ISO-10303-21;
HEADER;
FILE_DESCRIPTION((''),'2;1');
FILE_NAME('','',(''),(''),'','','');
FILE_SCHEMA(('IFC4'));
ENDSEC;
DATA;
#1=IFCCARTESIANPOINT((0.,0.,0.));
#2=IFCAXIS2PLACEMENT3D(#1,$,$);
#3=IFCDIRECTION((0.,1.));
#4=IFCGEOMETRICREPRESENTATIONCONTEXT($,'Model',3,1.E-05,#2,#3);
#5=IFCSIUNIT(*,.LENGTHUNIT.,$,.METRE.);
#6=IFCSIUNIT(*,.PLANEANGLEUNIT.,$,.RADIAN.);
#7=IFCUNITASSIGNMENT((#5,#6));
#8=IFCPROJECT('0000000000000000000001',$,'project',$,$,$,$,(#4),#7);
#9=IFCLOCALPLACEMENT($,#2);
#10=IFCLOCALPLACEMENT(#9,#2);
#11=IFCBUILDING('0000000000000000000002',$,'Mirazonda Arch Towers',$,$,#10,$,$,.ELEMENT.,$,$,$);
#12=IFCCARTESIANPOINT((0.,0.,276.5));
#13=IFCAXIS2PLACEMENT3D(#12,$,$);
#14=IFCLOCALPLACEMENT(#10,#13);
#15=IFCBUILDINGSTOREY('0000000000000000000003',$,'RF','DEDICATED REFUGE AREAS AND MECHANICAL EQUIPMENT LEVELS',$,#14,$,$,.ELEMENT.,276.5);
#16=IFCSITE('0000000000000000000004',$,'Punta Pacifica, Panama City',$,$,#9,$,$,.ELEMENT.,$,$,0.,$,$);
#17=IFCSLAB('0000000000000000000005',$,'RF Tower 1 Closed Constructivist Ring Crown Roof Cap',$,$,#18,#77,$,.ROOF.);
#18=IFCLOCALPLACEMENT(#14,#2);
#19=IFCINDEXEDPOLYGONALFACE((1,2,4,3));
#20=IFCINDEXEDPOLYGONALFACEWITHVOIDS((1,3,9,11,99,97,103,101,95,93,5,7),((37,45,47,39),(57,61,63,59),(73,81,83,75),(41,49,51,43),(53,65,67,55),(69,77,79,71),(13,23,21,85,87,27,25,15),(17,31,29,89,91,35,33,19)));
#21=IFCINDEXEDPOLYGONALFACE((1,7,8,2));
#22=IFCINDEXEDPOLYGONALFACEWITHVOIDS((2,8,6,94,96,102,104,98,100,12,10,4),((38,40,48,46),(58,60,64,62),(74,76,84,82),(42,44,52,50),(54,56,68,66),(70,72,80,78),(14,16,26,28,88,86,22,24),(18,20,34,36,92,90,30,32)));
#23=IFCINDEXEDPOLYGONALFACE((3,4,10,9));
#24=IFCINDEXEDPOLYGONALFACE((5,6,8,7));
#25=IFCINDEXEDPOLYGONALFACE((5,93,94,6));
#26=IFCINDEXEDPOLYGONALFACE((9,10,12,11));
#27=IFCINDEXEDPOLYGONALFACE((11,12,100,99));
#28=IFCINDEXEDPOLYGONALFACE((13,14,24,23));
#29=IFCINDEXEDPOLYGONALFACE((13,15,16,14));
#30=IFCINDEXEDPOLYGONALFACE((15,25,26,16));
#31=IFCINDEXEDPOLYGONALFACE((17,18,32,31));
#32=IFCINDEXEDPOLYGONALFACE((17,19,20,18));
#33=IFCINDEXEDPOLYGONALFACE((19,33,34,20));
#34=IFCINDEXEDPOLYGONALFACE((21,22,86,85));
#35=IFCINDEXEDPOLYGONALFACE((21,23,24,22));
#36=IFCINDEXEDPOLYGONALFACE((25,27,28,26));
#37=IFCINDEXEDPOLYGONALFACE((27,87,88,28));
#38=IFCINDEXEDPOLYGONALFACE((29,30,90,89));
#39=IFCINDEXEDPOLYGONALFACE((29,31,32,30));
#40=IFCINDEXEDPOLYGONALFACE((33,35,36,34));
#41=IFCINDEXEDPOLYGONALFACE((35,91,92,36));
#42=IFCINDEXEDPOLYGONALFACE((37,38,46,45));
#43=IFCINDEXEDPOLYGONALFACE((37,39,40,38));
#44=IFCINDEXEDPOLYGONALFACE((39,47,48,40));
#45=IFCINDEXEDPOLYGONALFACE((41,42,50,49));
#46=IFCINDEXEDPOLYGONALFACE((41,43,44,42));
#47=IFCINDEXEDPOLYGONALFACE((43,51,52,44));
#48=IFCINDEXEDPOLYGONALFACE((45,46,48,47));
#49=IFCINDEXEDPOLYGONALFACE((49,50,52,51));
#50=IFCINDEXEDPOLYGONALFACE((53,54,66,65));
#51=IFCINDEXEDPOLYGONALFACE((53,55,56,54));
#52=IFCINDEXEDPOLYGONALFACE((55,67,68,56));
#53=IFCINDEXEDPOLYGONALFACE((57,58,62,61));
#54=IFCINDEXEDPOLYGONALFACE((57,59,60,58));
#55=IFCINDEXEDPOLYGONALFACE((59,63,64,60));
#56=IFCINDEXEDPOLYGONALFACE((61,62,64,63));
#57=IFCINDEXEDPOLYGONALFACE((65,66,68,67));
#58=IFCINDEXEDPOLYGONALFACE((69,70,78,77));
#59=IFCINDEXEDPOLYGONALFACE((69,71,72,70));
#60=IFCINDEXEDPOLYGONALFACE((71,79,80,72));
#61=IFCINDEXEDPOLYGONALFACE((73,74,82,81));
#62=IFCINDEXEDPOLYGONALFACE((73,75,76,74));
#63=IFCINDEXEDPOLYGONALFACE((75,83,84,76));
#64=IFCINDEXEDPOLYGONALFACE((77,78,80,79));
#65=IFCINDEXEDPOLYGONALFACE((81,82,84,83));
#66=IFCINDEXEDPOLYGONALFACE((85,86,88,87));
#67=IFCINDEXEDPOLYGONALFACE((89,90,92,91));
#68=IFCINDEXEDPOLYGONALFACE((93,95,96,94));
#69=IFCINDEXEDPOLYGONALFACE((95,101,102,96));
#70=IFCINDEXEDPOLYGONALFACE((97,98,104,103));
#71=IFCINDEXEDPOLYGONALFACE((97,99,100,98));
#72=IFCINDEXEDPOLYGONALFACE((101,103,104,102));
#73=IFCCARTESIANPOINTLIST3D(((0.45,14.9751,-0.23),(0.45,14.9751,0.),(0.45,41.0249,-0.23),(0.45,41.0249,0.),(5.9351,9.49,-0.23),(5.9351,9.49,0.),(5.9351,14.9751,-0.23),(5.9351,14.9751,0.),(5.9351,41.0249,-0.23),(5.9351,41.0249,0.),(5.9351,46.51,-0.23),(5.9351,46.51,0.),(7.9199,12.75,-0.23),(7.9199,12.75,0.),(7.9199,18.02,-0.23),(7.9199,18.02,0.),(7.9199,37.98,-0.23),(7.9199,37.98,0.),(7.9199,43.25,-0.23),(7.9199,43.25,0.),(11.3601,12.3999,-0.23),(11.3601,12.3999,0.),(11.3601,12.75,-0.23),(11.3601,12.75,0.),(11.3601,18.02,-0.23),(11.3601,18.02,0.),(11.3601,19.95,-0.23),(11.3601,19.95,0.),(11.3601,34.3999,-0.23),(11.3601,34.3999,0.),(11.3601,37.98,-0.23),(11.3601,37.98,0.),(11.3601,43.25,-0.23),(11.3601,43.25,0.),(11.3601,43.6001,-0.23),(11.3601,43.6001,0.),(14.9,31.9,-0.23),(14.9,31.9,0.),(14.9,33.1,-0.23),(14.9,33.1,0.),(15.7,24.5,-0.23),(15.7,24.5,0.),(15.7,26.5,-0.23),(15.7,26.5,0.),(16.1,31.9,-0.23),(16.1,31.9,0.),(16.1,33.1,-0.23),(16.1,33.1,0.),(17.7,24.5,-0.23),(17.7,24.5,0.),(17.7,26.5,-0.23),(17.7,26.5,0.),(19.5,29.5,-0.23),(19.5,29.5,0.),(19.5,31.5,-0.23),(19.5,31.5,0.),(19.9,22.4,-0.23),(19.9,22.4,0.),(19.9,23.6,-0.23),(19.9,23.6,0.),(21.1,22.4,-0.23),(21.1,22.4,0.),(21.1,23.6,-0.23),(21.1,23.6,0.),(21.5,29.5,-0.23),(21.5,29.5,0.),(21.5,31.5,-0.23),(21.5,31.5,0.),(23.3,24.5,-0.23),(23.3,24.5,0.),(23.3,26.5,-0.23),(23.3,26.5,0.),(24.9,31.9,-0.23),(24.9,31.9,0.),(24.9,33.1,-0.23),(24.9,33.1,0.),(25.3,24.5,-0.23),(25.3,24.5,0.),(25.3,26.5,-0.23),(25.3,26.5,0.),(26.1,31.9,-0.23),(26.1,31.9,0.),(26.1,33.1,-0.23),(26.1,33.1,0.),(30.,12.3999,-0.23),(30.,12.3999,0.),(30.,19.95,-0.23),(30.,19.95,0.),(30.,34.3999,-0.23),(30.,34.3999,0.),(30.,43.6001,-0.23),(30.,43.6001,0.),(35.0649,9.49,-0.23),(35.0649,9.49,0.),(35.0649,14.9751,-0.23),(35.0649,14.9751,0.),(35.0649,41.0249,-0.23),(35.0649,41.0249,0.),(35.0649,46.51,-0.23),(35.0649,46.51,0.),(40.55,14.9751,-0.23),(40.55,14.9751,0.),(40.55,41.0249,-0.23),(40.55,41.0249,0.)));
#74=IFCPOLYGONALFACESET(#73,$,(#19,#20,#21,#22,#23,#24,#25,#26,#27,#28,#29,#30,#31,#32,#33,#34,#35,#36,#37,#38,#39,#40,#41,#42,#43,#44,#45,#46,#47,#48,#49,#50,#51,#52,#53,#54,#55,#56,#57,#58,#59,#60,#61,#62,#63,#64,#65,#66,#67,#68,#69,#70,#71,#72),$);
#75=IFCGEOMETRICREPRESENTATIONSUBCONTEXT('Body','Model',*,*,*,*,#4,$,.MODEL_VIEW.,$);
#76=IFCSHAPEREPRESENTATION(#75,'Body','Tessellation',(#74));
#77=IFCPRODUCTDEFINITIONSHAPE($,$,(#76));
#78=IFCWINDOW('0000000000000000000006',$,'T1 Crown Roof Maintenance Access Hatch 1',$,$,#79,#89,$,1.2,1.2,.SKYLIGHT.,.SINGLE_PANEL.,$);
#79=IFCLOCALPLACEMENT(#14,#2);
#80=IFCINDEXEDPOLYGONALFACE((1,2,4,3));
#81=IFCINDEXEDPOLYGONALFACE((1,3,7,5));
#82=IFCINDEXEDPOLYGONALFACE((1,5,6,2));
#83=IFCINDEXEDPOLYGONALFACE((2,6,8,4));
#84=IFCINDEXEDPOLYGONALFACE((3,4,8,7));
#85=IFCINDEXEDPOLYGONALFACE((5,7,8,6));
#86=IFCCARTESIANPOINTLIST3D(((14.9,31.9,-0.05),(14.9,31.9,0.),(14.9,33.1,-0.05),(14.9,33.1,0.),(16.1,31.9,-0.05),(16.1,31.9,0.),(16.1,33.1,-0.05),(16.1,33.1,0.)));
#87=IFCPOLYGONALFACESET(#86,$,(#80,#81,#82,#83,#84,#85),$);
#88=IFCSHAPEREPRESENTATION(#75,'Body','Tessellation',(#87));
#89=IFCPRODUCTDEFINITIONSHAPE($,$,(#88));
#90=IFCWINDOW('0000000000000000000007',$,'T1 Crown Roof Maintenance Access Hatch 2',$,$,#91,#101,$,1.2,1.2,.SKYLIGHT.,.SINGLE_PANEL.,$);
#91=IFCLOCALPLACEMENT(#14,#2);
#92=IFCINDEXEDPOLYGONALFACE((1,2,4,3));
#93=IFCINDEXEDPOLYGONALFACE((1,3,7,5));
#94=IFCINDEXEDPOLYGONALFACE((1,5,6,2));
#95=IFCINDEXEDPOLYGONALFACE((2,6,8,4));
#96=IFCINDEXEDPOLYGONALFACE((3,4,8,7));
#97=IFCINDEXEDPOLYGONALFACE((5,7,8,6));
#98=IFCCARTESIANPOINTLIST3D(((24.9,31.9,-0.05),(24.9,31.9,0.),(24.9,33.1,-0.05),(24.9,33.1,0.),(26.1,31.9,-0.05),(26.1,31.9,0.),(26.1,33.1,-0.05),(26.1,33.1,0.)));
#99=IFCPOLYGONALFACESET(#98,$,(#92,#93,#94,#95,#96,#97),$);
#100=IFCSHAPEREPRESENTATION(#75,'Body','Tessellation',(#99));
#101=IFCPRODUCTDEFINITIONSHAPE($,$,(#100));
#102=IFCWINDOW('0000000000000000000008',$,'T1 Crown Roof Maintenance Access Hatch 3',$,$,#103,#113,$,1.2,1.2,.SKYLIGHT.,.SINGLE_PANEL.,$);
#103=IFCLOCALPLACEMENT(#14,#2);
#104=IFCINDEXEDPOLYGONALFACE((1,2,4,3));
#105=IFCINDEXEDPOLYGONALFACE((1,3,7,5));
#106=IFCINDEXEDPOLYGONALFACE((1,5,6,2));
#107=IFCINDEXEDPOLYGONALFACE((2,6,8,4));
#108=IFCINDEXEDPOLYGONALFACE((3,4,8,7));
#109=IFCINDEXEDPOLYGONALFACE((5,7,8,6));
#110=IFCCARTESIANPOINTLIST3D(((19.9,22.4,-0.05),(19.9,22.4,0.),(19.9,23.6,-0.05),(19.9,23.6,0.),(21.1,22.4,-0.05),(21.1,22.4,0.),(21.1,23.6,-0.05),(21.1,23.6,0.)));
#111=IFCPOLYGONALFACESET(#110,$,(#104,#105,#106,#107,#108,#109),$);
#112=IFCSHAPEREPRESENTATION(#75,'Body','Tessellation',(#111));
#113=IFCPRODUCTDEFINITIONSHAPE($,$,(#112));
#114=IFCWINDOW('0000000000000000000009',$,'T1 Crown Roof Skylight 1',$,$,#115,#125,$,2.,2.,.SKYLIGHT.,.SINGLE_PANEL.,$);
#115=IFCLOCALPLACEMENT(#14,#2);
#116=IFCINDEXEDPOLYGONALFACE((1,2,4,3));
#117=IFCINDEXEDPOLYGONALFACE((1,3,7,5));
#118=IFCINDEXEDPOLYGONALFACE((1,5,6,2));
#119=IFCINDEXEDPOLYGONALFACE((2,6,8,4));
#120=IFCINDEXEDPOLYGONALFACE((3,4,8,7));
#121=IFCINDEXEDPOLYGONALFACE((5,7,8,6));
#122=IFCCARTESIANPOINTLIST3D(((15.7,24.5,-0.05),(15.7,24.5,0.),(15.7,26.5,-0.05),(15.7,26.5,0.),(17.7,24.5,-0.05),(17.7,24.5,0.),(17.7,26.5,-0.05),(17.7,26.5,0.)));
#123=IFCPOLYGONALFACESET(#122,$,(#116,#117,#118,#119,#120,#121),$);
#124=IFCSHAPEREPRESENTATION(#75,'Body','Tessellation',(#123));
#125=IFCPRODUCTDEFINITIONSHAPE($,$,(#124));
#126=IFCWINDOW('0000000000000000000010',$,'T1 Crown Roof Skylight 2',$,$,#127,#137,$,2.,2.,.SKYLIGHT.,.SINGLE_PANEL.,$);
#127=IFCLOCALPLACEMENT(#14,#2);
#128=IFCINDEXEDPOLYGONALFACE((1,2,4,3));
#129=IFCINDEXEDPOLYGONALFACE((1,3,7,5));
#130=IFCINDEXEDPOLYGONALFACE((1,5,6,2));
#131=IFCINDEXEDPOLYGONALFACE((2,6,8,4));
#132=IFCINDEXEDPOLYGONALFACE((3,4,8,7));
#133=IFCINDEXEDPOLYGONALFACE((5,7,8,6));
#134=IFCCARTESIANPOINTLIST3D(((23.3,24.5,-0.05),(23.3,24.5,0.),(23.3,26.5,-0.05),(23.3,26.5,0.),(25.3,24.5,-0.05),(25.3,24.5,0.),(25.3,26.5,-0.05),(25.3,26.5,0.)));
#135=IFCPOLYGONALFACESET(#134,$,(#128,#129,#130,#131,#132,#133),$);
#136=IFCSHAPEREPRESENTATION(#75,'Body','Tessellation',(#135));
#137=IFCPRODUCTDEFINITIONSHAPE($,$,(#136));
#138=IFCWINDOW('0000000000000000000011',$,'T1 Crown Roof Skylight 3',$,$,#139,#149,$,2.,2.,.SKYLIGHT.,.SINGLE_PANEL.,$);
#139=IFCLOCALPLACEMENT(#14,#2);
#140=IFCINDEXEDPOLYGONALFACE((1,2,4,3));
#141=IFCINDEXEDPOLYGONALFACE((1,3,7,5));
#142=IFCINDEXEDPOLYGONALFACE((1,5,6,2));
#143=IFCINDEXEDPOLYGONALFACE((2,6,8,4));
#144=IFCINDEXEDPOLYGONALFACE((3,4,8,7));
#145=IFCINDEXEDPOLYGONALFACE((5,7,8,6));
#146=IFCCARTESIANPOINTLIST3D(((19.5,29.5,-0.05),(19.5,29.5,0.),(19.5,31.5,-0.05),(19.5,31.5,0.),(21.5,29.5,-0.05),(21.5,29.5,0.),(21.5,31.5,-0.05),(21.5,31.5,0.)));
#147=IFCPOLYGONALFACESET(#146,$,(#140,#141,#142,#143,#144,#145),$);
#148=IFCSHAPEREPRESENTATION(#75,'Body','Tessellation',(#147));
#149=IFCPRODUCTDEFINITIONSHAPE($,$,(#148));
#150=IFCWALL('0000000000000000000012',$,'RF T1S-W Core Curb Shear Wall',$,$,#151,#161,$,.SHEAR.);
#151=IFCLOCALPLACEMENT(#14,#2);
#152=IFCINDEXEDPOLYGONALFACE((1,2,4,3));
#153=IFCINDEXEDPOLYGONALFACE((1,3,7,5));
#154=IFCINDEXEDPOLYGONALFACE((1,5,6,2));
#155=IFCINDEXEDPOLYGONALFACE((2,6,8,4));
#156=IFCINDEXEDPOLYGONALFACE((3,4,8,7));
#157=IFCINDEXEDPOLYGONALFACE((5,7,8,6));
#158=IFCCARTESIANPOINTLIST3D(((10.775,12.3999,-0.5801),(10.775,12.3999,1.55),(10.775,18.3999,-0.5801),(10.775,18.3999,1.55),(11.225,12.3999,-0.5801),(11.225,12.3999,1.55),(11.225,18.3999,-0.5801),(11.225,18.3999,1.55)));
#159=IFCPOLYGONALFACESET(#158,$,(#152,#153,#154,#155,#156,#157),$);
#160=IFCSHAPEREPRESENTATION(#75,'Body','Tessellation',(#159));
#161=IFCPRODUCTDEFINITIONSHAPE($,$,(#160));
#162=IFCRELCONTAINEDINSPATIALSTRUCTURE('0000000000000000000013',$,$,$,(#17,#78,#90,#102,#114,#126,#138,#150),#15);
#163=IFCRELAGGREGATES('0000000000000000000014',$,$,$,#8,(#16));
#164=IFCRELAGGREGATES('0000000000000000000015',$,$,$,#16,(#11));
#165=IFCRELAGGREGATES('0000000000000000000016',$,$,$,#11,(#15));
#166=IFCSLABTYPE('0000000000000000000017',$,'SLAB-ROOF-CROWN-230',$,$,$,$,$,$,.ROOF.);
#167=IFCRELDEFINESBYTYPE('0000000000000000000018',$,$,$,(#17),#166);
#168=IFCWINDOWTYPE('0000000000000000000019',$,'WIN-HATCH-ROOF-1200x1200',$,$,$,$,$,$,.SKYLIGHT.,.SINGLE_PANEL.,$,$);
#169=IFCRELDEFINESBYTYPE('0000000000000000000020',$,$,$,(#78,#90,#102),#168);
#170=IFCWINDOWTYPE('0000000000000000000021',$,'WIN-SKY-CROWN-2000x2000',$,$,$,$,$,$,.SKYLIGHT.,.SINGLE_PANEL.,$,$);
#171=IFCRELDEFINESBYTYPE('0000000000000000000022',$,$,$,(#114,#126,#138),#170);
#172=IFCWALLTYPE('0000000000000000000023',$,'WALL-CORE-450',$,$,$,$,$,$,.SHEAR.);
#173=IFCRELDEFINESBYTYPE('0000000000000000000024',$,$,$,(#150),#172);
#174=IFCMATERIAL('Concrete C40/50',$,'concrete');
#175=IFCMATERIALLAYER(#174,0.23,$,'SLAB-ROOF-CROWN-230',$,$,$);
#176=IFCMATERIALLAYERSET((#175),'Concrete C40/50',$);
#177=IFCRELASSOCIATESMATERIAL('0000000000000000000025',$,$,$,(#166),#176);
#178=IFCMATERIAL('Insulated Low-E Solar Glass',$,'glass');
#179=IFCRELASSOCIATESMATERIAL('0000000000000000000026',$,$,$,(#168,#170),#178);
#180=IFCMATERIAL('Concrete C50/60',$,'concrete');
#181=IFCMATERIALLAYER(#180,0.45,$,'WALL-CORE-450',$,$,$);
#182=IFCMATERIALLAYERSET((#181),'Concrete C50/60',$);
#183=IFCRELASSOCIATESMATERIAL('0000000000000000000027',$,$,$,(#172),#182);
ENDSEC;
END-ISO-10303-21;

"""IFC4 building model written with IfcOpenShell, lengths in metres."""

from ifc_helpers import new_model, si_unit, direction, frame, frame_2d, origin, origin_2d, place, context, subcontext, project, spatial, polyline, rectangle, outline, extrude, material, layer, layer_set, type_object, element, fill, save


model = new_model("IFC4")

# Units and contexts
model_context = context("Model", 3, precision=1e-05, world=origin(), true_north=direction((0.0, 1.0)))
body_context = subcontext(model_context, "Body", "Model", "MODEL_VIEW")
ifc_project = project(units=[si_unit("LENGTHUNIT", "METRE"), si_unit("PLANEANGLEUNIT", "RADIAN")], contexts=[model_context])

# Site, building, storey
site_placement = place(None, origin())
site = spatial("IfcSite", under=ifc_project, at=site_placement, Name="Punta Pacifica, Panama City", CompositionType="ELEMENT", RefElevation=0.0)
building_placement = place(site_placement, origin())
building = spatial("IfcBuilding", under=site, at=building_placement, Name="Mirazonda Arch Towers", CompositionType="ELEMENT")
storey_placement = place(building_placement, frame((0.0, 0.0, 276.5)))
storey = spatial("IfcBuildingStorey", under=building, at=storey_placement, Name="RF", Description="DEDICATED REFUGE AREAS AND MECHANICAL EQUIPMENT LEVELS", CompositionType="ELEMENT", Elevation=276.5)

# Shared definitions
ifc_material_1 = material(Name="Concrete C40/50", Category="concrete")

# Slab, openings, windows
ifc_layer_1 = layer(ifc_material_1, 0.23, Name="SLAB-ROOF-CROWN-230")
ifc_layer_set_1 = layer_set([ifc_layer_1], Name="Concrete C40/50")
slab_type_1 = type_object("IfcSlabType", Name="SLAB-ROOF-CROWN-230", PredefinedType="ROOF", material=ifc_layer_set_1)
slab_1_placement = place(storey_placement, frame((0.0, 0.0, -0.23)))
slab_1 = element("IfcSlab", 1, at=slab_1_placement, inside=storey, type_object=slab_type_1, Name="RF Tower 1 Closed Constructivist Ring Crown Roof Cap", PredefinedType="ROOF", context=body_context, shape_type="SweptSolid", body=[
    extrude(outline(polyline([(5.9351, 9.49), (35.0649, 9.49), (35.0649, 14.9751), (40.55, 14.9751), (40.55, 41.0249), (35.0649, 41.0249), (35.0649, 46.51), (5.9351, 46.51), (5.9351, 41.0249), (0.45, 41.0249), (0.45, 14.9751), (5.9351, 14.9751), (5.9351, 9.49)]), holes=[polyline([(30.0, 19.95), (30.0, 12.3999), (11.3601, 12.3999), (11.3601, 12.75), (7.9199, 12.75), (7.9199, 18.02), (11.3601, 18.02), (11.3601, 19.95), (30.0, 19.95)]), polyline([(11.3601, 34.3999), (11.3601, 37.98), (7.9199, 37.98), (7.9199, 43.25), (11.3601, 43.25), (11.3601, 43.6001), (30.0, 43.6001), (30.0, 34.3999), (11.3601, 34.3999)])]), origin(), (0.0, 0.0, 1.0), 0.23),
])
opening_1_placement = place(slab_1_placement, frame((16.7, 25.5, 0.0)))
opening_1 = element("IfcOpeningElement", 2, at=opening_1_placement, cuts=slab_1, PredefinedType="OPENING", context=body_context, shape_type="SweptSolid", body=[
    extrude(rectangle(XDim=2.0, YDim=2.0, at=origin_2d()), frame((0.0, 0.0, -0.01)), (0.0, 0.0, 1.0), 0.25),
])
opening_2_placement = place(slab_1_placement, frame((24.3, 25.5, 0.0)))
opening_2 = element("IfcOpeningElement", 3, at=opening_2_placement, cuts=slab_1, PredefinedType="OPENING", context=body_context, shape_type="SweptSolid", body=[
    extrude(rectangle(XDim=2.0, YDim=2.0, at=origin_2d()), frame((0.0, 0.0, -0.01)), (0.0, 0.0, 1.0), 0.25),
])
opening_3_placement = place(slab_1_placement, frame((20.5, 30.5, 0.0)))
opening_3 = element("IfcOpeningElement", 4, at=opening_3_placement, cuts=slab_1, PredefinedType="OPENING", context=body_context, shape_type="SweptSolid", body=[
    extrude(rectangle(XDim=2.0, YDim=2.0, at=origin_2d()), frame((0.0, 0.0, -0.01)), (0.0, 0.0, 1.0), 0.25),
])
opening_4_placement = place(slab_1_placement, frame((15.5, 32.5, 0.0)))
opening_4 = element("IfcOpeningElement", 5, at=opening_4_placement, cuts=slab_1, PredefinedType="OPENING", context=body_context, shape_type="SweptSolid", body=[
    extrude(rectangle(XDim=1.2, YDim=1.2, at=origin_2d()), frame((0.0, 0.0, -0.01)), (0.0, 0.0, 1.0), 0.25),
])
opening_5_placement = place(slab_1_placement, frame((25.5, 32.5, 0.0)))
opening_5 = element("IfcOpeningElement", 6, at=opening_5_placement, cuts=slab_1, PredefinedType="OPENING", context=body_context, shape_type="SweptSolid", body=[
    extrude(rectangle(XDim=1.2, YDim=1.2, at=origin_2d()), frame((0.0, 0.0, -0.01)), (0.0, 0.0, 1.0), 0.25),
])
opening_6_placement = place(slab_1_placement, frame((20.5, 23.0, 0.0)))
opening_6 = element("IfcOpeningElement", 7, at=opening_6_placement, cuts=slab_1, PredefinedType="OPENING", context=body_context, shape_type="SweptSolid", body=[
    extrude(rectangle(XDim=1.2, YDim=1.2, at=origin_2d()), frame((0.0, 0.0, -0.01)), (0.0, 0.0, 1.0), 0.25),
])
ifc_material_2 = material(Name="Insulated Low-E Solar Glass", Category="glass")
window_type_1 = type_object("IfcWindowType", Name="WIN-HATCH-ROOF-1200x1200", PartitioningType="SINGLE_PANEL", PredefinedType="SKYLIGHT", material=ifc_material_2)
window_1_placement = place(opening_4_placement, frame((0.0, 0.0, 0.1799)))
window_1 = element("IfcWindow", 8, at=window_1_placement, inside=storey, type_object=window_type_1, Name="T1 Crown Roof Maintenance Access Hatch 1", OverallHeight=1.2, OverallWidth=1.2, PartitioningType="SINGLE_PANEL", PredefinedType="SKYLIGHT", context=body_context, shape_type="SweptSolid", body=[
    extrude(rectangle(XDim=1.2, YDim=1.2, at=origin_2d()), origin(), (0.0, 0.0, 1.0), 0.05),
])
fill(opening_4, window_1)
window_2_placement = place(opening_5_placement, frame((0.0, 0.0, 0.1799)))
window_2 = element("IfcWindow", 9, at=window_2_placement, inside=storey, type_object=window_type_1, Name="T1 Crown Roof Maintenance Access Hatch 2", OverallHeight=1.2, OverallWidth=1.2, PartitioningType="SINGLE_PANEL", PredefinedType="SKYLIGHT", context=body_context, shape_type="SweptSolid", body=[
    extrude(rectangle(XDim=1.2, YDim=1.2, at=origin_2d()), origin(), (0.0, 0.0, 1.0), 0.05),
])
fill(opening_5, window_2)
window_3_placement = place(opening_6_placement, frame((0.0, 0.0, 0.1799)))
window_3 = element("IfcWindow", 10, at=window_3_placement, inside=storey, type_object=window_type_1, Name="T1 Crown Roof Maintenance Access Hatch 3", OverallHeight=1.2, OverallWidth=1.2, PartitioningType="SINGLE_PANEL", PredefinedType="SKYLIGHT", context=body_context, shape_type="SweptSolid", body=[
    extrude(rectangle(XDim=1.2, YDim=1.2, at=origin_2d()), origin(), (0.0, 0.0, 1.0), 0.05),
])
fill(opening_6, window_3)
window_type_2 = type_object("IfcWindowType", Name="WIN-SKY-CROWN-2000x2000", PartitioningType="SINGLE_PANEL", PredefinedType="SKYLIGHT", material=ifc_material_2)
window_4_placement = place(opening_1_placement, frame((0.0, 0.0, 0.1799)))
window_4 = element("IfcWindow", 11, at=window_4_placement, inside=storey, type_object=window_type_2, Name="T1 Crown Roof Skylight 1", OverallHeight=2.0, OverallWidth=2.0, PartitioningType="SINGLE_PANEL", PredefinedType="SKYLIGHT", context=body_context, shape_type="SweptSolid", body=[
    extrude(rectangle(XDim=2.0, YDim=2.0, at=origin_2d()), origin(), (0.0, 0.0, 1.0), 0.05),
])
fill(opening_1, window_4)
window_5_placement = place(opening_2_placement, frame((0.0, 0.0, 0.1799)))
window_5 = element("IfcWindow", 12, at=window_5_placement, inside=storey, type_object=window_type_2, Name="T1 Crown Roof Skylight 2", OverallHeight=2.0, OverallWidth=2.0, PartitioningType="SINGLE_PANEL", PredefinedType="SKYLIGHT", context=body_context, shape_type="SweptSolid", body=[
    extrude(rectangle(XDim=2.0, YDim=2.0, at=origin_2d()), origin(), (0.0, 0.0, 1.0), 0.05),
])
fill(opening_2, window_5)
window_6_placement = place(opening_3_placement, frame((0.0, 0.0, 0.1799)))
window_6 = element("IfcWindow", 13, at=window_6_placement, inside=storey, type_object=window_type_2, Name="T1 Crown Roof Skylight 3", OverallHeight=2.0, OverallWidth=2.0, PartitioningType="SINGLE_PANEL", PredefinedType="SKYLIGHT", context=body_context, shape_type="SweptSolid", body=[
    extrude(rectangle(XDim=2.0, YDim=2.0, at=origin_2d()), origin(), (0.0, 0.0, 1.0), 0.05),
])
fill(opening_3, window_6)

# Wall
ifc_material_3 = material(Name="Concrete C50/60", Category="concrete")
ifc_layer_2 = layer(ifc_material_3, 0.45, Name="WALL-CORE-450")
ifc_layer_set_2 = layer_set([ifc_layer_2], Name="Concrete C50/60")
wall_type_1 = type_object("IfcWallType", Name="WALL-CORE-450", PredefinedType="SHEAR", material=ifc_layer_set_2)
wall_1_placement = place(storey_placement, frame((11.0, 12.3999, -0.5801), z_axis=(0.0, 0.0, 1.0), x_axis=(0.0, 1.0, 0.0)))
element("IfcWall", 14, at=wall_1_placement, inside=storey, type_object=wall_type_1, Name="RF T1S-W Core Curb Shear Wall", PredefinedType="SHEAR", context=body_context, shape_type="SweptSolid", body=[
    extrude(rectangle(XDim=6.0, YDim=0.45, at=frame_2d((3.0, 0.0))), origin(), (0.0, 0.0, 1.0), 2.1301),
])

save(model, "model.ifc")
